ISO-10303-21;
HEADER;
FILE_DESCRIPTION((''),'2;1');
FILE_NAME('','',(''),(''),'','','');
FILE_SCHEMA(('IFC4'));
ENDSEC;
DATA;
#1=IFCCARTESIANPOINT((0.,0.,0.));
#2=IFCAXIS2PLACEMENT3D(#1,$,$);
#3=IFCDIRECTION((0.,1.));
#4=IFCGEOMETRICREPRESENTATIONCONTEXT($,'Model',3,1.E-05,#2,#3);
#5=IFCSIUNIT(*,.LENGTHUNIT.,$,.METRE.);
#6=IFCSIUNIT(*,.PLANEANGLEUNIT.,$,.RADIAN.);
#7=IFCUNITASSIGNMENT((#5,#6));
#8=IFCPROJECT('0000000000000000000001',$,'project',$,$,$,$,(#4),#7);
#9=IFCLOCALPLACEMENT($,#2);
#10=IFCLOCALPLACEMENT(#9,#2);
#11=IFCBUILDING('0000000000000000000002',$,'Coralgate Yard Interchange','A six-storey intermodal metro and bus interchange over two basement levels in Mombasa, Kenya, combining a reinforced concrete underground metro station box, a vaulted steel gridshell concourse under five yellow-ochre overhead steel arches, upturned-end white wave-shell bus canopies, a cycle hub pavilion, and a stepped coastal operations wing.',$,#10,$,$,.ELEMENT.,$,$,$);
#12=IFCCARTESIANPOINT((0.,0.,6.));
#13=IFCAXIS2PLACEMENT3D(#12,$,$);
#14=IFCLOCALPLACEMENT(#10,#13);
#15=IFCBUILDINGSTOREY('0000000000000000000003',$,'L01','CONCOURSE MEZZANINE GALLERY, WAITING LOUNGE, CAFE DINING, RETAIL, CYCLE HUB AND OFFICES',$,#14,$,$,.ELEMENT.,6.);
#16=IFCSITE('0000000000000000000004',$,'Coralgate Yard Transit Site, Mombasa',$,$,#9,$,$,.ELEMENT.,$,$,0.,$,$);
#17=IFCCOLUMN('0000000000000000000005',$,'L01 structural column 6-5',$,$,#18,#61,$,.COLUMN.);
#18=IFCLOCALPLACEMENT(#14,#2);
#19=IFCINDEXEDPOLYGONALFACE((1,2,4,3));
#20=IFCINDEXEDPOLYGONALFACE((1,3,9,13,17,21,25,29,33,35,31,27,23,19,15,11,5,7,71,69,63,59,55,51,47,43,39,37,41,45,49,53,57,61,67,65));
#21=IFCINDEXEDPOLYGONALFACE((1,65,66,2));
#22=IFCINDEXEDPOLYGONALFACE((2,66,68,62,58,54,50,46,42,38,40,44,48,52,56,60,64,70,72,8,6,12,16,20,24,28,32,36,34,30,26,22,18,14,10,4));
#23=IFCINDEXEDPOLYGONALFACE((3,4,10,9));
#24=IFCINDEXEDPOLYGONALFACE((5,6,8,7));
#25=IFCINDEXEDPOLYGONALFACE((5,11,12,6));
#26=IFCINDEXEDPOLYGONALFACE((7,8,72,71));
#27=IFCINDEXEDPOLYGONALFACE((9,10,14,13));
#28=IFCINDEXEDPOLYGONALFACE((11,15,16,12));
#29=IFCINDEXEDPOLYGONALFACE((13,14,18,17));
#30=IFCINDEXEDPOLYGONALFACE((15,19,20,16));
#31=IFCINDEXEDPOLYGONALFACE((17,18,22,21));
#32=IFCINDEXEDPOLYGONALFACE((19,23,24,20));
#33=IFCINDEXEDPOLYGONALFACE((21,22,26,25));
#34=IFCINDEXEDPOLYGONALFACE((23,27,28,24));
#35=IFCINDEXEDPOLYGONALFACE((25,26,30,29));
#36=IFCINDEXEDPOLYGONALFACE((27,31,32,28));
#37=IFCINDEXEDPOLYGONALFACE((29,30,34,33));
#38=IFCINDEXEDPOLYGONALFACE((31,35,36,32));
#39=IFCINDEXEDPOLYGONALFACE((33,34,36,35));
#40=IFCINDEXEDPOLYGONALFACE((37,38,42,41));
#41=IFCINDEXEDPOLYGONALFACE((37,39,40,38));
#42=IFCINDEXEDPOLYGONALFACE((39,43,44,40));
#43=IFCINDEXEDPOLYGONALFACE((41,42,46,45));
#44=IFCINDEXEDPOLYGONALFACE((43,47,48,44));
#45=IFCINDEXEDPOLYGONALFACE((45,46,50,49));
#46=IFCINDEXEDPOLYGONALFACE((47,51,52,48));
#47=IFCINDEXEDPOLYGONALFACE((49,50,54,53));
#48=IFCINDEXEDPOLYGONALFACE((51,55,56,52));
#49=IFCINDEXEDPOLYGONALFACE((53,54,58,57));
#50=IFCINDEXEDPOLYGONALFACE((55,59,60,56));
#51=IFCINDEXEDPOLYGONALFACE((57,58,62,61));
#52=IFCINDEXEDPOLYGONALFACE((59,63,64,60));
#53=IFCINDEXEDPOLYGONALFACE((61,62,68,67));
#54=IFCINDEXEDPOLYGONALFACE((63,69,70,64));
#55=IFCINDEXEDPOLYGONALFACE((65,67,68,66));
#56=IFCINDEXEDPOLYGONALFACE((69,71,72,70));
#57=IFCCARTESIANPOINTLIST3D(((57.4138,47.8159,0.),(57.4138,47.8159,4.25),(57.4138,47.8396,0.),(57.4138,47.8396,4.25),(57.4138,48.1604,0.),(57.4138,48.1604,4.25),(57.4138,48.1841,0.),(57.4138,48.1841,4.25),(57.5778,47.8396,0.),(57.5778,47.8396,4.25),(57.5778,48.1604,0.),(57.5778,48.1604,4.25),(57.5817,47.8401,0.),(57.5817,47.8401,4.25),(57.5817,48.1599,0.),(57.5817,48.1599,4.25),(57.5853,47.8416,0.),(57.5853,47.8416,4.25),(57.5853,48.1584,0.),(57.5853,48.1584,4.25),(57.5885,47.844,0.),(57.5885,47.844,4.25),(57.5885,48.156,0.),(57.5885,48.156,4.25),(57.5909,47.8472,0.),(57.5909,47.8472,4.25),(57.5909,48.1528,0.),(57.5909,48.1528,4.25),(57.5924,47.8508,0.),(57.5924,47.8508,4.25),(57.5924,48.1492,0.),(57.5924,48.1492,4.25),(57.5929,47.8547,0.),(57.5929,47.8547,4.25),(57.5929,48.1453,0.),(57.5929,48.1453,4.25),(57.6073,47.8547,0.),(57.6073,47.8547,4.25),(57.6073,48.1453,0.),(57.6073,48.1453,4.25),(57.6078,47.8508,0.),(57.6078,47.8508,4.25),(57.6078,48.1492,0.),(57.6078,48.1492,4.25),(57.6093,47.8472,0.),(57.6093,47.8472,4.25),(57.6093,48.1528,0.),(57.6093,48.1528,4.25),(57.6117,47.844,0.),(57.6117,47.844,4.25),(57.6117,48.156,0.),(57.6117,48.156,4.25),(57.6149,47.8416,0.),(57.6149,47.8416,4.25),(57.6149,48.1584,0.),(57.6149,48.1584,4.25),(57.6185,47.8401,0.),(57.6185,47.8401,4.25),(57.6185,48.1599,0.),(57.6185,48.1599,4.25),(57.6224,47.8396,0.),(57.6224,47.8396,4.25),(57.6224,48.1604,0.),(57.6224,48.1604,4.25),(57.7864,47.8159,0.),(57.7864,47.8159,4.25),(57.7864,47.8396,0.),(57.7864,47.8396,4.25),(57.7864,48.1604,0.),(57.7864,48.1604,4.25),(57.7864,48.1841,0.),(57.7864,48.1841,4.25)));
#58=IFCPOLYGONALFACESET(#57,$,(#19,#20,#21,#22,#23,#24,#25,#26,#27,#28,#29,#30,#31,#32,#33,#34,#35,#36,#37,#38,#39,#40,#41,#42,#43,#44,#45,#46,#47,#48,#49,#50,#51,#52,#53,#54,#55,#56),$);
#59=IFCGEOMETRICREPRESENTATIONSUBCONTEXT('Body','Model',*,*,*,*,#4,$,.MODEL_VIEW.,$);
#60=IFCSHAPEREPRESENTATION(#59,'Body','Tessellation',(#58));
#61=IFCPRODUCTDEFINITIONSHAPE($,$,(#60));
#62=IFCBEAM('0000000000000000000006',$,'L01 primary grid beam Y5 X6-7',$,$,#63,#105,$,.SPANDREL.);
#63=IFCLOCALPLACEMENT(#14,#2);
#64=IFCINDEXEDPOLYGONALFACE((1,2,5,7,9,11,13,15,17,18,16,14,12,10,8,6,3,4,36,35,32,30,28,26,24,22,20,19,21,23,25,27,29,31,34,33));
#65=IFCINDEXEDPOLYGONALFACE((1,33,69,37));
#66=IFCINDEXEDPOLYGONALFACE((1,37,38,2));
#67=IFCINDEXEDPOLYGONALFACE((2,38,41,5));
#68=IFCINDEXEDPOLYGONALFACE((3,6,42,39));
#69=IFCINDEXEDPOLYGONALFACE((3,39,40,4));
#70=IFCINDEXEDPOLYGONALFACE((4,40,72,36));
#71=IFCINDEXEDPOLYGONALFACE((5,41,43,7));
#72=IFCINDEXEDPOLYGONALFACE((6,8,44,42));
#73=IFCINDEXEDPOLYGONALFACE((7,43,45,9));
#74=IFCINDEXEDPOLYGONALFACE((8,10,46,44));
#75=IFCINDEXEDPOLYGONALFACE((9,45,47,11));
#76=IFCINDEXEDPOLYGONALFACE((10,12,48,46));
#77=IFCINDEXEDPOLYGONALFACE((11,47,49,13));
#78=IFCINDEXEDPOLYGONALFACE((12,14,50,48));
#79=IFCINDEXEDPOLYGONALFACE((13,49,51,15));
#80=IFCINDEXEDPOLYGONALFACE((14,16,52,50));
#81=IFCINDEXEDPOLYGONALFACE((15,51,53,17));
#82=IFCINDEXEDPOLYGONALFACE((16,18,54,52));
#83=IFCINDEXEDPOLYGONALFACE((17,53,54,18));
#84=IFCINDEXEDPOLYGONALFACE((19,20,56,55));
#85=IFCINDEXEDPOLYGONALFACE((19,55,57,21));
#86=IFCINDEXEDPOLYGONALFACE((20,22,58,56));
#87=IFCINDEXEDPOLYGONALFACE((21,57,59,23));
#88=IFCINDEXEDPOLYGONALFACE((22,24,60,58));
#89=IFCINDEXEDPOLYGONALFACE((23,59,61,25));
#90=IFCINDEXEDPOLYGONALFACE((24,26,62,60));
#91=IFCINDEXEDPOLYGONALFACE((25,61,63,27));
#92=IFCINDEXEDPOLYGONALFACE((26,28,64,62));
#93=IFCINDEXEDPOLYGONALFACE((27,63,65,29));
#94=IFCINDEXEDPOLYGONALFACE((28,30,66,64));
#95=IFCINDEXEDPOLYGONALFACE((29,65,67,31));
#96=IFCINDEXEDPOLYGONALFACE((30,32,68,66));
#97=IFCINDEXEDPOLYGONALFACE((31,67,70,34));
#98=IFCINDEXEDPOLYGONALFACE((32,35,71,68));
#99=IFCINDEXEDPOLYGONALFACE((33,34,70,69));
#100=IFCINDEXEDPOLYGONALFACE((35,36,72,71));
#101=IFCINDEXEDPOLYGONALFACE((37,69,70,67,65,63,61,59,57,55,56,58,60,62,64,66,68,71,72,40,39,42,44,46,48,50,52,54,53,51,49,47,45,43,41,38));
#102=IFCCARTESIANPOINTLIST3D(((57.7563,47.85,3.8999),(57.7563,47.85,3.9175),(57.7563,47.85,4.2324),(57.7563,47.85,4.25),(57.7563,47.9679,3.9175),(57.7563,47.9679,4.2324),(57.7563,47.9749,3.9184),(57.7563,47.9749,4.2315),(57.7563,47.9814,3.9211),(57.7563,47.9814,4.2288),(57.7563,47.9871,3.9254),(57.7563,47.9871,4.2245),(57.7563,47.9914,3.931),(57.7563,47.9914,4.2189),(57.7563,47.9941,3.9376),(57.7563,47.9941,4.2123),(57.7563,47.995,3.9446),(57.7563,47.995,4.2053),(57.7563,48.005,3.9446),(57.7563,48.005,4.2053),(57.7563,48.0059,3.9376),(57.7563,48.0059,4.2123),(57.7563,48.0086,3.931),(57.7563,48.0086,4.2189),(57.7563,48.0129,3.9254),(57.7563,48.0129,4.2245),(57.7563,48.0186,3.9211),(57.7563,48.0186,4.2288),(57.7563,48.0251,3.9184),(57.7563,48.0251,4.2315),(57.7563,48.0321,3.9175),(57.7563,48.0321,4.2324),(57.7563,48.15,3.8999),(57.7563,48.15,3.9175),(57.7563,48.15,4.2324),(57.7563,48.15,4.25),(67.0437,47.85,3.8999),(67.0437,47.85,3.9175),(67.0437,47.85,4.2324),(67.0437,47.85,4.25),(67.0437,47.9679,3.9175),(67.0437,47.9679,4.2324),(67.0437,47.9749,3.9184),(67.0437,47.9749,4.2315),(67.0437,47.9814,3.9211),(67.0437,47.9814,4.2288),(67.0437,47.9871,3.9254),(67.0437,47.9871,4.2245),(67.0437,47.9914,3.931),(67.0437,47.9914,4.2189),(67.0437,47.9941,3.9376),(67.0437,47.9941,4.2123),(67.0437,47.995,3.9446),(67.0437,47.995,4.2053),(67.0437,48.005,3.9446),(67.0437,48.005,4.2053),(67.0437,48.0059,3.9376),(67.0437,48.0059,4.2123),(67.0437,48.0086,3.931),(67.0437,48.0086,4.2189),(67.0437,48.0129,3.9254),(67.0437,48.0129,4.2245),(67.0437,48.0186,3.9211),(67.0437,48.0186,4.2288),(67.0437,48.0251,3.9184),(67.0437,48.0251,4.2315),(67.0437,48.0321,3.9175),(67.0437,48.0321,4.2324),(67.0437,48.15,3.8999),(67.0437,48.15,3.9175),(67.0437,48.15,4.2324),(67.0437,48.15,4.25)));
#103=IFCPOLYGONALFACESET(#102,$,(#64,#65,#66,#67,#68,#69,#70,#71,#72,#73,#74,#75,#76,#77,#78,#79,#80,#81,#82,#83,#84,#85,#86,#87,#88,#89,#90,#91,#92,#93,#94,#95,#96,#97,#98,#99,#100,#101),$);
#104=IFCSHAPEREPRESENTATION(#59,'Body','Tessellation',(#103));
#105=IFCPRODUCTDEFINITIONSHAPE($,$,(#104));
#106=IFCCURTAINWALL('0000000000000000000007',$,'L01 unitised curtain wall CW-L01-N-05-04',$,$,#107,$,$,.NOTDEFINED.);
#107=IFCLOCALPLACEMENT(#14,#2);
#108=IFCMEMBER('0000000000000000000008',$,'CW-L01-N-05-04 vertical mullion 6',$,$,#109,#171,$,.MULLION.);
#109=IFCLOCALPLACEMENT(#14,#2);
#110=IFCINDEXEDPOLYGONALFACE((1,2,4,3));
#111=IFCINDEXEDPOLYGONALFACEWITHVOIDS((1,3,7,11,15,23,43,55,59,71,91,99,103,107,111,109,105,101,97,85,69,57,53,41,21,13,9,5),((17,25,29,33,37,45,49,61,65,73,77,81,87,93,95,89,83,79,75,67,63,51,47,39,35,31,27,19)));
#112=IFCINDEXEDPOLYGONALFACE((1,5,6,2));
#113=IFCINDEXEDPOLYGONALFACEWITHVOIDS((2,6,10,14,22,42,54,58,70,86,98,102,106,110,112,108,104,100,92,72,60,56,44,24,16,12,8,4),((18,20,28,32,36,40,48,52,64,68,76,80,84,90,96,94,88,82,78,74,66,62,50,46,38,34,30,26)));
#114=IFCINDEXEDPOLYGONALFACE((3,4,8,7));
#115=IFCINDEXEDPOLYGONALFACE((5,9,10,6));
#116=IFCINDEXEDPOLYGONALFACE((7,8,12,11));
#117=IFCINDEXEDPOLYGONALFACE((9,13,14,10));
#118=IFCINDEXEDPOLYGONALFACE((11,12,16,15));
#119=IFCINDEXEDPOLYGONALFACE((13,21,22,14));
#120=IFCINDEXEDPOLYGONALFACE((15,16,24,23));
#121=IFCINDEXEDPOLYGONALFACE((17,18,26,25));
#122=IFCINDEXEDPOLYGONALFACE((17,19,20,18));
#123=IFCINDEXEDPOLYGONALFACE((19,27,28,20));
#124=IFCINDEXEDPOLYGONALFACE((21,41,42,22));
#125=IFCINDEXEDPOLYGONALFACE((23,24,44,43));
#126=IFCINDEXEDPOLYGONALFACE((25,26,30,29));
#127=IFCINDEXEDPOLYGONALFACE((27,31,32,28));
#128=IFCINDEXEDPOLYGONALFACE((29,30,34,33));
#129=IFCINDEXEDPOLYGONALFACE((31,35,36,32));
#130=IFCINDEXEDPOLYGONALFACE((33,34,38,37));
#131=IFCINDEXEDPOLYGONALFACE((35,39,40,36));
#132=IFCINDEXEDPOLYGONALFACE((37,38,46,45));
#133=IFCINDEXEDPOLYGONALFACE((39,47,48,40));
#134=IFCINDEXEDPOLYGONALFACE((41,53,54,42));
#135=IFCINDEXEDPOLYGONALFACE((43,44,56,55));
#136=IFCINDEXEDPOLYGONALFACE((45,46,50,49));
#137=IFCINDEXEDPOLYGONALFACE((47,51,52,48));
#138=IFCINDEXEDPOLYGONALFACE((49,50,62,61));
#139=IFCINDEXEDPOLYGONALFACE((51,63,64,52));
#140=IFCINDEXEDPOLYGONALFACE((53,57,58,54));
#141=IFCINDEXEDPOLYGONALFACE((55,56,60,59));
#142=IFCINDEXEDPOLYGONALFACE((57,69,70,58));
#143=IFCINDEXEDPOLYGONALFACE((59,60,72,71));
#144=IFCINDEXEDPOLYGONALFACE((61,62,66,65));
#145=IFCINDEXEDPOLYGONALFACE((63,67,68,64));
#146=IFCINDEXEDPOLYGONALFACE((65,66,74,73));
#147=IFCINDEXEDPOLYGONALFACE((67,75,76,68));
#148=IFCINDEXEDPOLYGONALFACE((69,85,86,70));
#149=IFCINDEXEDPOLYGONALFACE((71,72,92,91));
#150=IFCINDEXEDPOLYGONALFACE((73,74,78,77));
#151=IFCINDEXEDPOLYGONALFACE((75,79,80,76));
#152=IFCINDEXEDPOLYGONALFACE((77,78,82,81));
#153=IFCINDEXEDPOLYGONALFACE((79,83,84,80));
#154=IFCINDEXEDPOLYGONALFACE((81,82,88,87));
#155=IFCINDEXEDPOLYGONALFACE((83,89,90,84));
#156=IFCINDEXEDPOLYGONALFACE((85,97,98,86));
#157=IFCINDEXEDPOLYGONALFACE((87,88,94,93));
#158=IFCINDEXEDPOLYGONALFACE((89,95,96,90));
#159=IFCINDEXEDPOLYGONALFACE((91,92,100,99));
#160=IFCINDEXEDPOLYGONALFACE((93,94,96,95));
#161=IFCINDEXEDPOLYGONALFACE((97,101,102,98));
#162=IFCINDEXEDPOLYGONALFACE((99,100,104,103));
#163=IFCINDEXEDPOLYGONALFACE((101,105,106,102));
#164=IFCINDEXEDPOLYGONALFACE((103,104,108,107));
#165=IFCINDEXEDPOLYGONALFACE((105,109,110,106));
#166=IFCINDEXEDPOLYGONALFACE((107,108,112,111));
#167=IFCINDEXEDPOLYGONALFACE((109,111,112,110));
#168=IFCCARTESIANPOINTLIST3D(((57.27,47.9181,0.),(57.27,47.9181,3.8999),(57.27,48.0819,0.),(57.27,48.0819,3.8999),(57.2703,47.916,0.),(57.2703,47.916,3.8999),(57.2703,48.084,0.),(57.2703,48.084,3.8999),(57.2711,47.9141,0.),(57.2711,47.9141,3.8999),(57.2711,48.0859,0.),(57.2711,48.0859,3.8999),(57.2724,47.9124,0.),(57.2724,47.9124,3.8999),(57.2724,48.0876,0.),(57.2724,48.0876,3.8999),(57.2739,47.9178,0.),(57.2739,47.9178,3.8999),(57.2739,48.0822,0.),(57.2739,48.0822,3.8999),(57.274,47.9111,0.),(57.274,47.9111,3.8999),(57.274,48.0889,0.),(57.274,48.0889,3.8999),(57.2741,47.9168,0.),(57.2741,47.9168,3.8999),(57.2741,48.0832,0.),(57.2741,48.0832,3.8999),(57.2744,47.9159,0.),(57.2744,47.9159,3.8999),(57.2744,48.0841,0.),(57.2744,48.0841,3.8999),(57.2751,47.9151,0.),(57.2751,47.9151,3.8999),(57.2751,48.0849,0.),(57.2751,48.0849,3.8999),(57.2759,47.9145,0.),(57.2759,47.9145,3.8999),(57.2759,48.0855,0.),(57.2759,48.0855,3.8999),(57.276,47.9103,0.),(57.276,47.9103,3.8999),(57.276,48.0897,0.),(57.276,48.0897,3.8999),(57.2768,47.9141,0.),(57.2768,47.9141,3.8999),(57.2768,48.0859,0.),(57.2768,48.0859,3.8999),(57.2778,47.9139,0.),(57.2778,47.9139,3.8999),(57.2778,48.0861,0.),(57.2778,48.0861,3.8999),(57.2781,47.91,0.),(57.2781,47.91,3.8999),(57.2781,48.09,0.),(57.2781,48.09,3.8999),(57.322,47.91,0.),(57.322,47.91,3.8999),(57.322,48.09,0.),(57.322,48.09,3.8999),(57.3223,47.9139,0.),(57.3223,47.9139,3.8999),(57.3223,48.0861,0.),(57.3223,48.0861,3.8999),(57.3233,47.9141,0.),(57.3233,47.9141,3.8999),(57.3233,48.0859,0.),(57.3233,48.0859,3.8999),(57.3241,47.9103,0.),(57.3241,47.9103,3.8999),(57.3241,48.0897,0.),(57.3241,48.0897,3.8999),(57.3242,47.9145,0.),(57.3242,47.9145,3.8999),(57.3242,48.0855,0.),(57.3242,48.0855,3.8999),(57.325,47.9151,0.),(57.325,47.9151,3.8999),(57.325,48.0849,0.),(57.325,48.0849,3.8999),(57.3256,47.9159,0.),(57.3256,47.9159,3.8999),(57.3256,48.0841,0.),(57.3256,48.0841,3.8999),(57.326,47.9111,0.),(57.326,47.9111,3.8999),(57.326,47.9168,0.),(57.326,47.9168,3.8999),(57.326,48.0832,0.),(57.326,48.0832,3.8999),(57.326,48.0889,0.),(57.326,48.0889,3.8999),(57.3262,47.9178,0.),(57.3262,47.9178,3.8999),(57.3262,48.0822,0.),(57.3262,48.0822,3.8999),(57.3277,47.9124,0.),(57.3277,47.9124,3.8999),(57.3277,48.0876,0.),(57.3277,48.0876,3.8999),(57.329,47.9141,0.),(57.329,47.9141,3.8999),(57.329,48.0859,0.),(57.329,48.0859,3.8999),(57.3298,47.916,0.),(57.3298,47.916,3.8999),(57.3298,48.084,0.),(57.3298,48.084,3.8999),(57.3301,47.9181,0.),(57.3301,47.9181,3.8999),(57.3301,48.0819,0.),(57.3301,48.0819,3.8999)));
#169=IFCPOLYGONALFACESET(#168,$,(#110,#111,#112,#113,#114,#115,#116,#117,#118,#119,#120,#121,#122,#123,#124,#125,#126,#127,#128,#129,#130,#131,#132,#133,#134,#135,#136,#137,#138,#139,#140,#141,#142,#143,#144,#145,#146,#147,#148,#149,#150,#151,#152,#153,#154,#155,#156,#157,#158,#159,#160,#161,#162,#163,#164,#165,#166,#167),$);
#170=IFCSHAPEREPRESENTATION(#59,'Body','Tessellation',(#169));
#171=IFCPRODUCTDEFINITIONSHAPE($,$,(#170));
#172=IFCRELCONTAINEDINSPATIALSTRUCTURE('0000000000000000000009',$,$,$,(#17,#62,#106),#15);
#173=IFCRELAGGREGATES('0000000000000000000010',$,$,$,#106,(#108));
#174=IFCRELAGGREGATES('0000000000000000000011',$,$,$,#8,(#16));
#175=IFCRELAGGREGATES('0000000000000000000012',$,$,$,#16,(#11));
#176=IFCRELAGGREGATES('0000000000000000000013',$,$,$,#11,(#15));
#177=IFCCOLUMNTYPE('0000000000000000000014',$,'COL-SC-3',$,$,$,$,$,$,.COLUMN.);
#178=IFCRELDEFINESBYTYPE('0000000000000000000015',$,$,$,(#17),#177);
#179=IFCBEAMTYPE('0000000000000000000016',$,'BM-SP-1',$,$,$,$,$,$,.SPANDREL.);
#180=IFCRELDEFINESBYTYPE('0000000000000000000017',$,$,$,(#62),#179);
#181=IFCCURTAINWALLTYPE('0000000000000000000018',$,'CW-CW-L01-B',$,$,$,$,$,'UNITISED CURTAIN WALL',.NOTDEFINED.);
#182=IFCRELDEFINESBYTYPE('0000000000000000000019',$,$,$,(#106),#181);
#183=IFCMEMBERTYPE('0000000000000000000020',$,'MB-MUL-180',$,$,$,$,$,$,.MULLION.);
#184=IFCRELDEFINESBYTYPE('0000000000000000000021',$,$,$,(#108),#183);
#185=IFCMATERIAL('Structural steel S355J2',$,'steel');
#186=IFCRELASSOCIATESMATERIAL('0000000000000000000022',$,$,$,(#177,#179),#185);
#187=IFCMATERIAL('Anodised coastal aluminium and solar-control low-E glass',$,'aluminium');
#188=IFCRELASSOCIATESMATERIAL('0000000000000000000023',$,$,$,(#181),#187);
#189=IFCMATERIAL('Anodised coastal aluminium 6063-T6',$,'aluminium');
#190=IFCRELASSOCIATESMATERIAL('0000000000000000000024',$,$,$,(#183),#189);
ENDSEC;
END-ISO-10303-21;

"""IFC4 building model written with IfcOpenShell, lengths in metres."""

from ifc_helpers import new_model, si_unit, direction, frame, origin, origin_2d, place, context, subcontext, project, spatial, hollow_rectangle, i_section, extrude, material, material_profile, profile_set, type_object, element, aggregate, save


model = new_model("IFC4")

# Units and contexts
model_context = context("Model", 3, precision=1e-05, world=origin(), true_north=direction((0.0, 1.0)))
body_context = subcontext(model_context, "Body", "Model", "MODEL_VIEW")
ifc_project = project(units=[si_unit("LENGTHUNIT", "METRE"), si_unit("PLANEANGLEUNIT", "RADIAN")], contexts=[model_context])

# Site, building, storey
site_placement = place(None, origin())
site = spatial("IfcSite", under=ifc_project, at=site_placement, Name="Coralgate Yard Transit Site, Mombasa", CompositionType="ELEMENT", RefElevation=0.0)
building_placement = place(site_placement, origin())
building = spatial("IfcBuilding", under=site, at=building_placement, Name="Coralgate Yard Interchange", Description="A six-storey intermodal metro and bus interchange over two basement levels in Mombasa, Kenya, combining a reinforced concrete underground metro station box, a vaulted steel gridshell concourse under five yellow-ochre overhead steel arches, upturned-end white wave-shell bus canopies, a cycle hub pavilion, and a stepped coastal operations wing.", CompositionType="ELEMENT")
storey_placement = place(building_placement, frame((0.0, 0.0, 6.0)))
storey = spatial("IfcBuildingStorey", under=building, at=storey_placement, Name="L01", Description="CONCOURSE MEZZANINE GALLERY, WAITING LOUNGE, CAFE DINING, RETAIL, CYCLE HUB AND OFFICES", CompositionType="ELEMENT", Elevation=6.0)

# Column
ifc_material_1 = material(Name="Structural steel S355J2", Category="steel")
ifc_material_profile_1 = material_profile(ifc_material_1, i_section(OverallWidth=0.3726, OverallDepth=0.3682, WebThickness=0.0144, FlangeThickness=0.0237, FilletRadius=0.0151, at=origin_2d()), Name="UC 356x368x177")
ifc_profile_set_1 = profile_set([ifc_material_profile_1], Name="Structural steel S355J2")
column_type = type_object("IfcColumnType", Name="COL-SC-3", PredefinedType="COLUMN", material=ifc_profile_set_1)
column_placement = place(storey_placement, frame((57.6001, 48.0, 0.0), z_axis=(0.0, 0.0, 1.0), x_axis=(1.0, 0.0, 0.0)))
element("IfcColumn", 1, at=column_placement, inside=storey, type_object=column_type, Name="L01 structural column 6-5", PredefinedType="COLUMN", context=body_context, shape_type="SweptSolid", body=[
    extrude(i_section(OverallWidth=0.3726, OverallDepth=0.3682, WebThickness=0.0144, FlangeThickness=0.0237, FilletRadius=0.0151, at=origin_2d()), origin(), (0.0, 0.0, 1.0), 4.25),
])

# Beam
ifc_material_profile_2 = material_profile(ifc_material_1, i_section(OverallWidth=0.3, OverallDepth=0.3501, WebThickness=0.01, FlangeThickness=0.0176, FilletRadius=0.0271, at=origin_2d()), Name="HEA 360")
ifc_profile_set_2 = profile_set([ifc_material_profile_2], Name="Structural steel S355J2")
beam_type = type_object("IfcBeamType", Name="BM-SP-1", PredefinedType="SPANDREL", material=ifc_profile_set_2)
beam_placement = place(storey_placement, frame((57.7563, 48.0, 4.075), z_axis=(1.0, 0.0, 0.0), x_axis=(0.0, 1.0, 0.0)))
element("IfcBeam", 2, at=beam_placement, inside=storey, type_object=beam_type, Name="L01 primary grid beam Y5 X6-7", PredefinedType="SPANDREL", context=body_context, shape_type="SweptSolid", body=[
    extrude(i_section(OverallWidth=0.3, OverallDepth=0.3501, WebThickness=0.01, FlangeThickness=0.0176, FilletRadius=0.0271, at=origin_2d()), origin(), (0.0, 0.0, 1.0), 9.2874),
])

# Curtain wall, member
ifc_material_2 = material(Name="Anodised coastal aluminium and solar-control low-E glass", Category="aluminium")
curtain_wall_type = type_object("IfcCurtainWallType", Name="CW-CW-L01-B", ElementType="UNITISED CURTAIN WALL", PredefinedType="NOTDEFINED", material=ifc_material_2)
curtain_wall_1_placement = place(storey_placement, origin())
curtain_wall_1 = element("IfcCurtainWall", 3, at=curtain_wall_1_placement, inside=storey, type_object=curtain_wall_type, Name="L01 unitised curtain wall CW-L01-N-05-04", PredefinedType="NOTDEFINED")
ifc_material_3 = material(Name="Anodised coastal aluminium 6063-T6", Category="aluminium")
ifc_material_profile_3 = material_profile(ifc_material_3, hollow_rectangle(XDim=0.0601, YDim=0.1799, WallThickness=0.0039, InnerFilletRadius=0.0039, OuterFilletRadius=0.0081, at=origin_2d()), Name="ALU 60x180x4")
ifc_profile_set_3 = profile_set([ifc_material_profile_3], Name="Anodised coastal aluminium 6063-T6")
member_type_1 = type_object("IfcMemberType", Name="MB-MUL-180", PredefinedType="MULLION", material=ifc_profile_set_3)
member_1_placement = place(storey_placement, frame((57.3, 48.0, 0.0), z_axis=(0.0, 0.0, 1.0), x_axis=(1.0, 0.0, 0.0)))
member_1 = element("IfcMember", 4, at=member_1_placement, type_object=member_type_1, Name="CW-L01-N-05-04 vertical mullion 6", PredefinedType="MULLION", context=body_context, shape_type="SweptSolid", body=[
    extrude(hollow_rectangle(XDim=0.0601, YDim=0.1799, WallThickness=0.0039, InnerFilletRadius=0.0039, OuterFilletRadius=0.0081, at=origin_2d()), origin(), (0.0, 0.0, 1.0), 3.8999),
])
aggregate(curtain_wall_1, [member_1])

save(model, "model.ifc")
